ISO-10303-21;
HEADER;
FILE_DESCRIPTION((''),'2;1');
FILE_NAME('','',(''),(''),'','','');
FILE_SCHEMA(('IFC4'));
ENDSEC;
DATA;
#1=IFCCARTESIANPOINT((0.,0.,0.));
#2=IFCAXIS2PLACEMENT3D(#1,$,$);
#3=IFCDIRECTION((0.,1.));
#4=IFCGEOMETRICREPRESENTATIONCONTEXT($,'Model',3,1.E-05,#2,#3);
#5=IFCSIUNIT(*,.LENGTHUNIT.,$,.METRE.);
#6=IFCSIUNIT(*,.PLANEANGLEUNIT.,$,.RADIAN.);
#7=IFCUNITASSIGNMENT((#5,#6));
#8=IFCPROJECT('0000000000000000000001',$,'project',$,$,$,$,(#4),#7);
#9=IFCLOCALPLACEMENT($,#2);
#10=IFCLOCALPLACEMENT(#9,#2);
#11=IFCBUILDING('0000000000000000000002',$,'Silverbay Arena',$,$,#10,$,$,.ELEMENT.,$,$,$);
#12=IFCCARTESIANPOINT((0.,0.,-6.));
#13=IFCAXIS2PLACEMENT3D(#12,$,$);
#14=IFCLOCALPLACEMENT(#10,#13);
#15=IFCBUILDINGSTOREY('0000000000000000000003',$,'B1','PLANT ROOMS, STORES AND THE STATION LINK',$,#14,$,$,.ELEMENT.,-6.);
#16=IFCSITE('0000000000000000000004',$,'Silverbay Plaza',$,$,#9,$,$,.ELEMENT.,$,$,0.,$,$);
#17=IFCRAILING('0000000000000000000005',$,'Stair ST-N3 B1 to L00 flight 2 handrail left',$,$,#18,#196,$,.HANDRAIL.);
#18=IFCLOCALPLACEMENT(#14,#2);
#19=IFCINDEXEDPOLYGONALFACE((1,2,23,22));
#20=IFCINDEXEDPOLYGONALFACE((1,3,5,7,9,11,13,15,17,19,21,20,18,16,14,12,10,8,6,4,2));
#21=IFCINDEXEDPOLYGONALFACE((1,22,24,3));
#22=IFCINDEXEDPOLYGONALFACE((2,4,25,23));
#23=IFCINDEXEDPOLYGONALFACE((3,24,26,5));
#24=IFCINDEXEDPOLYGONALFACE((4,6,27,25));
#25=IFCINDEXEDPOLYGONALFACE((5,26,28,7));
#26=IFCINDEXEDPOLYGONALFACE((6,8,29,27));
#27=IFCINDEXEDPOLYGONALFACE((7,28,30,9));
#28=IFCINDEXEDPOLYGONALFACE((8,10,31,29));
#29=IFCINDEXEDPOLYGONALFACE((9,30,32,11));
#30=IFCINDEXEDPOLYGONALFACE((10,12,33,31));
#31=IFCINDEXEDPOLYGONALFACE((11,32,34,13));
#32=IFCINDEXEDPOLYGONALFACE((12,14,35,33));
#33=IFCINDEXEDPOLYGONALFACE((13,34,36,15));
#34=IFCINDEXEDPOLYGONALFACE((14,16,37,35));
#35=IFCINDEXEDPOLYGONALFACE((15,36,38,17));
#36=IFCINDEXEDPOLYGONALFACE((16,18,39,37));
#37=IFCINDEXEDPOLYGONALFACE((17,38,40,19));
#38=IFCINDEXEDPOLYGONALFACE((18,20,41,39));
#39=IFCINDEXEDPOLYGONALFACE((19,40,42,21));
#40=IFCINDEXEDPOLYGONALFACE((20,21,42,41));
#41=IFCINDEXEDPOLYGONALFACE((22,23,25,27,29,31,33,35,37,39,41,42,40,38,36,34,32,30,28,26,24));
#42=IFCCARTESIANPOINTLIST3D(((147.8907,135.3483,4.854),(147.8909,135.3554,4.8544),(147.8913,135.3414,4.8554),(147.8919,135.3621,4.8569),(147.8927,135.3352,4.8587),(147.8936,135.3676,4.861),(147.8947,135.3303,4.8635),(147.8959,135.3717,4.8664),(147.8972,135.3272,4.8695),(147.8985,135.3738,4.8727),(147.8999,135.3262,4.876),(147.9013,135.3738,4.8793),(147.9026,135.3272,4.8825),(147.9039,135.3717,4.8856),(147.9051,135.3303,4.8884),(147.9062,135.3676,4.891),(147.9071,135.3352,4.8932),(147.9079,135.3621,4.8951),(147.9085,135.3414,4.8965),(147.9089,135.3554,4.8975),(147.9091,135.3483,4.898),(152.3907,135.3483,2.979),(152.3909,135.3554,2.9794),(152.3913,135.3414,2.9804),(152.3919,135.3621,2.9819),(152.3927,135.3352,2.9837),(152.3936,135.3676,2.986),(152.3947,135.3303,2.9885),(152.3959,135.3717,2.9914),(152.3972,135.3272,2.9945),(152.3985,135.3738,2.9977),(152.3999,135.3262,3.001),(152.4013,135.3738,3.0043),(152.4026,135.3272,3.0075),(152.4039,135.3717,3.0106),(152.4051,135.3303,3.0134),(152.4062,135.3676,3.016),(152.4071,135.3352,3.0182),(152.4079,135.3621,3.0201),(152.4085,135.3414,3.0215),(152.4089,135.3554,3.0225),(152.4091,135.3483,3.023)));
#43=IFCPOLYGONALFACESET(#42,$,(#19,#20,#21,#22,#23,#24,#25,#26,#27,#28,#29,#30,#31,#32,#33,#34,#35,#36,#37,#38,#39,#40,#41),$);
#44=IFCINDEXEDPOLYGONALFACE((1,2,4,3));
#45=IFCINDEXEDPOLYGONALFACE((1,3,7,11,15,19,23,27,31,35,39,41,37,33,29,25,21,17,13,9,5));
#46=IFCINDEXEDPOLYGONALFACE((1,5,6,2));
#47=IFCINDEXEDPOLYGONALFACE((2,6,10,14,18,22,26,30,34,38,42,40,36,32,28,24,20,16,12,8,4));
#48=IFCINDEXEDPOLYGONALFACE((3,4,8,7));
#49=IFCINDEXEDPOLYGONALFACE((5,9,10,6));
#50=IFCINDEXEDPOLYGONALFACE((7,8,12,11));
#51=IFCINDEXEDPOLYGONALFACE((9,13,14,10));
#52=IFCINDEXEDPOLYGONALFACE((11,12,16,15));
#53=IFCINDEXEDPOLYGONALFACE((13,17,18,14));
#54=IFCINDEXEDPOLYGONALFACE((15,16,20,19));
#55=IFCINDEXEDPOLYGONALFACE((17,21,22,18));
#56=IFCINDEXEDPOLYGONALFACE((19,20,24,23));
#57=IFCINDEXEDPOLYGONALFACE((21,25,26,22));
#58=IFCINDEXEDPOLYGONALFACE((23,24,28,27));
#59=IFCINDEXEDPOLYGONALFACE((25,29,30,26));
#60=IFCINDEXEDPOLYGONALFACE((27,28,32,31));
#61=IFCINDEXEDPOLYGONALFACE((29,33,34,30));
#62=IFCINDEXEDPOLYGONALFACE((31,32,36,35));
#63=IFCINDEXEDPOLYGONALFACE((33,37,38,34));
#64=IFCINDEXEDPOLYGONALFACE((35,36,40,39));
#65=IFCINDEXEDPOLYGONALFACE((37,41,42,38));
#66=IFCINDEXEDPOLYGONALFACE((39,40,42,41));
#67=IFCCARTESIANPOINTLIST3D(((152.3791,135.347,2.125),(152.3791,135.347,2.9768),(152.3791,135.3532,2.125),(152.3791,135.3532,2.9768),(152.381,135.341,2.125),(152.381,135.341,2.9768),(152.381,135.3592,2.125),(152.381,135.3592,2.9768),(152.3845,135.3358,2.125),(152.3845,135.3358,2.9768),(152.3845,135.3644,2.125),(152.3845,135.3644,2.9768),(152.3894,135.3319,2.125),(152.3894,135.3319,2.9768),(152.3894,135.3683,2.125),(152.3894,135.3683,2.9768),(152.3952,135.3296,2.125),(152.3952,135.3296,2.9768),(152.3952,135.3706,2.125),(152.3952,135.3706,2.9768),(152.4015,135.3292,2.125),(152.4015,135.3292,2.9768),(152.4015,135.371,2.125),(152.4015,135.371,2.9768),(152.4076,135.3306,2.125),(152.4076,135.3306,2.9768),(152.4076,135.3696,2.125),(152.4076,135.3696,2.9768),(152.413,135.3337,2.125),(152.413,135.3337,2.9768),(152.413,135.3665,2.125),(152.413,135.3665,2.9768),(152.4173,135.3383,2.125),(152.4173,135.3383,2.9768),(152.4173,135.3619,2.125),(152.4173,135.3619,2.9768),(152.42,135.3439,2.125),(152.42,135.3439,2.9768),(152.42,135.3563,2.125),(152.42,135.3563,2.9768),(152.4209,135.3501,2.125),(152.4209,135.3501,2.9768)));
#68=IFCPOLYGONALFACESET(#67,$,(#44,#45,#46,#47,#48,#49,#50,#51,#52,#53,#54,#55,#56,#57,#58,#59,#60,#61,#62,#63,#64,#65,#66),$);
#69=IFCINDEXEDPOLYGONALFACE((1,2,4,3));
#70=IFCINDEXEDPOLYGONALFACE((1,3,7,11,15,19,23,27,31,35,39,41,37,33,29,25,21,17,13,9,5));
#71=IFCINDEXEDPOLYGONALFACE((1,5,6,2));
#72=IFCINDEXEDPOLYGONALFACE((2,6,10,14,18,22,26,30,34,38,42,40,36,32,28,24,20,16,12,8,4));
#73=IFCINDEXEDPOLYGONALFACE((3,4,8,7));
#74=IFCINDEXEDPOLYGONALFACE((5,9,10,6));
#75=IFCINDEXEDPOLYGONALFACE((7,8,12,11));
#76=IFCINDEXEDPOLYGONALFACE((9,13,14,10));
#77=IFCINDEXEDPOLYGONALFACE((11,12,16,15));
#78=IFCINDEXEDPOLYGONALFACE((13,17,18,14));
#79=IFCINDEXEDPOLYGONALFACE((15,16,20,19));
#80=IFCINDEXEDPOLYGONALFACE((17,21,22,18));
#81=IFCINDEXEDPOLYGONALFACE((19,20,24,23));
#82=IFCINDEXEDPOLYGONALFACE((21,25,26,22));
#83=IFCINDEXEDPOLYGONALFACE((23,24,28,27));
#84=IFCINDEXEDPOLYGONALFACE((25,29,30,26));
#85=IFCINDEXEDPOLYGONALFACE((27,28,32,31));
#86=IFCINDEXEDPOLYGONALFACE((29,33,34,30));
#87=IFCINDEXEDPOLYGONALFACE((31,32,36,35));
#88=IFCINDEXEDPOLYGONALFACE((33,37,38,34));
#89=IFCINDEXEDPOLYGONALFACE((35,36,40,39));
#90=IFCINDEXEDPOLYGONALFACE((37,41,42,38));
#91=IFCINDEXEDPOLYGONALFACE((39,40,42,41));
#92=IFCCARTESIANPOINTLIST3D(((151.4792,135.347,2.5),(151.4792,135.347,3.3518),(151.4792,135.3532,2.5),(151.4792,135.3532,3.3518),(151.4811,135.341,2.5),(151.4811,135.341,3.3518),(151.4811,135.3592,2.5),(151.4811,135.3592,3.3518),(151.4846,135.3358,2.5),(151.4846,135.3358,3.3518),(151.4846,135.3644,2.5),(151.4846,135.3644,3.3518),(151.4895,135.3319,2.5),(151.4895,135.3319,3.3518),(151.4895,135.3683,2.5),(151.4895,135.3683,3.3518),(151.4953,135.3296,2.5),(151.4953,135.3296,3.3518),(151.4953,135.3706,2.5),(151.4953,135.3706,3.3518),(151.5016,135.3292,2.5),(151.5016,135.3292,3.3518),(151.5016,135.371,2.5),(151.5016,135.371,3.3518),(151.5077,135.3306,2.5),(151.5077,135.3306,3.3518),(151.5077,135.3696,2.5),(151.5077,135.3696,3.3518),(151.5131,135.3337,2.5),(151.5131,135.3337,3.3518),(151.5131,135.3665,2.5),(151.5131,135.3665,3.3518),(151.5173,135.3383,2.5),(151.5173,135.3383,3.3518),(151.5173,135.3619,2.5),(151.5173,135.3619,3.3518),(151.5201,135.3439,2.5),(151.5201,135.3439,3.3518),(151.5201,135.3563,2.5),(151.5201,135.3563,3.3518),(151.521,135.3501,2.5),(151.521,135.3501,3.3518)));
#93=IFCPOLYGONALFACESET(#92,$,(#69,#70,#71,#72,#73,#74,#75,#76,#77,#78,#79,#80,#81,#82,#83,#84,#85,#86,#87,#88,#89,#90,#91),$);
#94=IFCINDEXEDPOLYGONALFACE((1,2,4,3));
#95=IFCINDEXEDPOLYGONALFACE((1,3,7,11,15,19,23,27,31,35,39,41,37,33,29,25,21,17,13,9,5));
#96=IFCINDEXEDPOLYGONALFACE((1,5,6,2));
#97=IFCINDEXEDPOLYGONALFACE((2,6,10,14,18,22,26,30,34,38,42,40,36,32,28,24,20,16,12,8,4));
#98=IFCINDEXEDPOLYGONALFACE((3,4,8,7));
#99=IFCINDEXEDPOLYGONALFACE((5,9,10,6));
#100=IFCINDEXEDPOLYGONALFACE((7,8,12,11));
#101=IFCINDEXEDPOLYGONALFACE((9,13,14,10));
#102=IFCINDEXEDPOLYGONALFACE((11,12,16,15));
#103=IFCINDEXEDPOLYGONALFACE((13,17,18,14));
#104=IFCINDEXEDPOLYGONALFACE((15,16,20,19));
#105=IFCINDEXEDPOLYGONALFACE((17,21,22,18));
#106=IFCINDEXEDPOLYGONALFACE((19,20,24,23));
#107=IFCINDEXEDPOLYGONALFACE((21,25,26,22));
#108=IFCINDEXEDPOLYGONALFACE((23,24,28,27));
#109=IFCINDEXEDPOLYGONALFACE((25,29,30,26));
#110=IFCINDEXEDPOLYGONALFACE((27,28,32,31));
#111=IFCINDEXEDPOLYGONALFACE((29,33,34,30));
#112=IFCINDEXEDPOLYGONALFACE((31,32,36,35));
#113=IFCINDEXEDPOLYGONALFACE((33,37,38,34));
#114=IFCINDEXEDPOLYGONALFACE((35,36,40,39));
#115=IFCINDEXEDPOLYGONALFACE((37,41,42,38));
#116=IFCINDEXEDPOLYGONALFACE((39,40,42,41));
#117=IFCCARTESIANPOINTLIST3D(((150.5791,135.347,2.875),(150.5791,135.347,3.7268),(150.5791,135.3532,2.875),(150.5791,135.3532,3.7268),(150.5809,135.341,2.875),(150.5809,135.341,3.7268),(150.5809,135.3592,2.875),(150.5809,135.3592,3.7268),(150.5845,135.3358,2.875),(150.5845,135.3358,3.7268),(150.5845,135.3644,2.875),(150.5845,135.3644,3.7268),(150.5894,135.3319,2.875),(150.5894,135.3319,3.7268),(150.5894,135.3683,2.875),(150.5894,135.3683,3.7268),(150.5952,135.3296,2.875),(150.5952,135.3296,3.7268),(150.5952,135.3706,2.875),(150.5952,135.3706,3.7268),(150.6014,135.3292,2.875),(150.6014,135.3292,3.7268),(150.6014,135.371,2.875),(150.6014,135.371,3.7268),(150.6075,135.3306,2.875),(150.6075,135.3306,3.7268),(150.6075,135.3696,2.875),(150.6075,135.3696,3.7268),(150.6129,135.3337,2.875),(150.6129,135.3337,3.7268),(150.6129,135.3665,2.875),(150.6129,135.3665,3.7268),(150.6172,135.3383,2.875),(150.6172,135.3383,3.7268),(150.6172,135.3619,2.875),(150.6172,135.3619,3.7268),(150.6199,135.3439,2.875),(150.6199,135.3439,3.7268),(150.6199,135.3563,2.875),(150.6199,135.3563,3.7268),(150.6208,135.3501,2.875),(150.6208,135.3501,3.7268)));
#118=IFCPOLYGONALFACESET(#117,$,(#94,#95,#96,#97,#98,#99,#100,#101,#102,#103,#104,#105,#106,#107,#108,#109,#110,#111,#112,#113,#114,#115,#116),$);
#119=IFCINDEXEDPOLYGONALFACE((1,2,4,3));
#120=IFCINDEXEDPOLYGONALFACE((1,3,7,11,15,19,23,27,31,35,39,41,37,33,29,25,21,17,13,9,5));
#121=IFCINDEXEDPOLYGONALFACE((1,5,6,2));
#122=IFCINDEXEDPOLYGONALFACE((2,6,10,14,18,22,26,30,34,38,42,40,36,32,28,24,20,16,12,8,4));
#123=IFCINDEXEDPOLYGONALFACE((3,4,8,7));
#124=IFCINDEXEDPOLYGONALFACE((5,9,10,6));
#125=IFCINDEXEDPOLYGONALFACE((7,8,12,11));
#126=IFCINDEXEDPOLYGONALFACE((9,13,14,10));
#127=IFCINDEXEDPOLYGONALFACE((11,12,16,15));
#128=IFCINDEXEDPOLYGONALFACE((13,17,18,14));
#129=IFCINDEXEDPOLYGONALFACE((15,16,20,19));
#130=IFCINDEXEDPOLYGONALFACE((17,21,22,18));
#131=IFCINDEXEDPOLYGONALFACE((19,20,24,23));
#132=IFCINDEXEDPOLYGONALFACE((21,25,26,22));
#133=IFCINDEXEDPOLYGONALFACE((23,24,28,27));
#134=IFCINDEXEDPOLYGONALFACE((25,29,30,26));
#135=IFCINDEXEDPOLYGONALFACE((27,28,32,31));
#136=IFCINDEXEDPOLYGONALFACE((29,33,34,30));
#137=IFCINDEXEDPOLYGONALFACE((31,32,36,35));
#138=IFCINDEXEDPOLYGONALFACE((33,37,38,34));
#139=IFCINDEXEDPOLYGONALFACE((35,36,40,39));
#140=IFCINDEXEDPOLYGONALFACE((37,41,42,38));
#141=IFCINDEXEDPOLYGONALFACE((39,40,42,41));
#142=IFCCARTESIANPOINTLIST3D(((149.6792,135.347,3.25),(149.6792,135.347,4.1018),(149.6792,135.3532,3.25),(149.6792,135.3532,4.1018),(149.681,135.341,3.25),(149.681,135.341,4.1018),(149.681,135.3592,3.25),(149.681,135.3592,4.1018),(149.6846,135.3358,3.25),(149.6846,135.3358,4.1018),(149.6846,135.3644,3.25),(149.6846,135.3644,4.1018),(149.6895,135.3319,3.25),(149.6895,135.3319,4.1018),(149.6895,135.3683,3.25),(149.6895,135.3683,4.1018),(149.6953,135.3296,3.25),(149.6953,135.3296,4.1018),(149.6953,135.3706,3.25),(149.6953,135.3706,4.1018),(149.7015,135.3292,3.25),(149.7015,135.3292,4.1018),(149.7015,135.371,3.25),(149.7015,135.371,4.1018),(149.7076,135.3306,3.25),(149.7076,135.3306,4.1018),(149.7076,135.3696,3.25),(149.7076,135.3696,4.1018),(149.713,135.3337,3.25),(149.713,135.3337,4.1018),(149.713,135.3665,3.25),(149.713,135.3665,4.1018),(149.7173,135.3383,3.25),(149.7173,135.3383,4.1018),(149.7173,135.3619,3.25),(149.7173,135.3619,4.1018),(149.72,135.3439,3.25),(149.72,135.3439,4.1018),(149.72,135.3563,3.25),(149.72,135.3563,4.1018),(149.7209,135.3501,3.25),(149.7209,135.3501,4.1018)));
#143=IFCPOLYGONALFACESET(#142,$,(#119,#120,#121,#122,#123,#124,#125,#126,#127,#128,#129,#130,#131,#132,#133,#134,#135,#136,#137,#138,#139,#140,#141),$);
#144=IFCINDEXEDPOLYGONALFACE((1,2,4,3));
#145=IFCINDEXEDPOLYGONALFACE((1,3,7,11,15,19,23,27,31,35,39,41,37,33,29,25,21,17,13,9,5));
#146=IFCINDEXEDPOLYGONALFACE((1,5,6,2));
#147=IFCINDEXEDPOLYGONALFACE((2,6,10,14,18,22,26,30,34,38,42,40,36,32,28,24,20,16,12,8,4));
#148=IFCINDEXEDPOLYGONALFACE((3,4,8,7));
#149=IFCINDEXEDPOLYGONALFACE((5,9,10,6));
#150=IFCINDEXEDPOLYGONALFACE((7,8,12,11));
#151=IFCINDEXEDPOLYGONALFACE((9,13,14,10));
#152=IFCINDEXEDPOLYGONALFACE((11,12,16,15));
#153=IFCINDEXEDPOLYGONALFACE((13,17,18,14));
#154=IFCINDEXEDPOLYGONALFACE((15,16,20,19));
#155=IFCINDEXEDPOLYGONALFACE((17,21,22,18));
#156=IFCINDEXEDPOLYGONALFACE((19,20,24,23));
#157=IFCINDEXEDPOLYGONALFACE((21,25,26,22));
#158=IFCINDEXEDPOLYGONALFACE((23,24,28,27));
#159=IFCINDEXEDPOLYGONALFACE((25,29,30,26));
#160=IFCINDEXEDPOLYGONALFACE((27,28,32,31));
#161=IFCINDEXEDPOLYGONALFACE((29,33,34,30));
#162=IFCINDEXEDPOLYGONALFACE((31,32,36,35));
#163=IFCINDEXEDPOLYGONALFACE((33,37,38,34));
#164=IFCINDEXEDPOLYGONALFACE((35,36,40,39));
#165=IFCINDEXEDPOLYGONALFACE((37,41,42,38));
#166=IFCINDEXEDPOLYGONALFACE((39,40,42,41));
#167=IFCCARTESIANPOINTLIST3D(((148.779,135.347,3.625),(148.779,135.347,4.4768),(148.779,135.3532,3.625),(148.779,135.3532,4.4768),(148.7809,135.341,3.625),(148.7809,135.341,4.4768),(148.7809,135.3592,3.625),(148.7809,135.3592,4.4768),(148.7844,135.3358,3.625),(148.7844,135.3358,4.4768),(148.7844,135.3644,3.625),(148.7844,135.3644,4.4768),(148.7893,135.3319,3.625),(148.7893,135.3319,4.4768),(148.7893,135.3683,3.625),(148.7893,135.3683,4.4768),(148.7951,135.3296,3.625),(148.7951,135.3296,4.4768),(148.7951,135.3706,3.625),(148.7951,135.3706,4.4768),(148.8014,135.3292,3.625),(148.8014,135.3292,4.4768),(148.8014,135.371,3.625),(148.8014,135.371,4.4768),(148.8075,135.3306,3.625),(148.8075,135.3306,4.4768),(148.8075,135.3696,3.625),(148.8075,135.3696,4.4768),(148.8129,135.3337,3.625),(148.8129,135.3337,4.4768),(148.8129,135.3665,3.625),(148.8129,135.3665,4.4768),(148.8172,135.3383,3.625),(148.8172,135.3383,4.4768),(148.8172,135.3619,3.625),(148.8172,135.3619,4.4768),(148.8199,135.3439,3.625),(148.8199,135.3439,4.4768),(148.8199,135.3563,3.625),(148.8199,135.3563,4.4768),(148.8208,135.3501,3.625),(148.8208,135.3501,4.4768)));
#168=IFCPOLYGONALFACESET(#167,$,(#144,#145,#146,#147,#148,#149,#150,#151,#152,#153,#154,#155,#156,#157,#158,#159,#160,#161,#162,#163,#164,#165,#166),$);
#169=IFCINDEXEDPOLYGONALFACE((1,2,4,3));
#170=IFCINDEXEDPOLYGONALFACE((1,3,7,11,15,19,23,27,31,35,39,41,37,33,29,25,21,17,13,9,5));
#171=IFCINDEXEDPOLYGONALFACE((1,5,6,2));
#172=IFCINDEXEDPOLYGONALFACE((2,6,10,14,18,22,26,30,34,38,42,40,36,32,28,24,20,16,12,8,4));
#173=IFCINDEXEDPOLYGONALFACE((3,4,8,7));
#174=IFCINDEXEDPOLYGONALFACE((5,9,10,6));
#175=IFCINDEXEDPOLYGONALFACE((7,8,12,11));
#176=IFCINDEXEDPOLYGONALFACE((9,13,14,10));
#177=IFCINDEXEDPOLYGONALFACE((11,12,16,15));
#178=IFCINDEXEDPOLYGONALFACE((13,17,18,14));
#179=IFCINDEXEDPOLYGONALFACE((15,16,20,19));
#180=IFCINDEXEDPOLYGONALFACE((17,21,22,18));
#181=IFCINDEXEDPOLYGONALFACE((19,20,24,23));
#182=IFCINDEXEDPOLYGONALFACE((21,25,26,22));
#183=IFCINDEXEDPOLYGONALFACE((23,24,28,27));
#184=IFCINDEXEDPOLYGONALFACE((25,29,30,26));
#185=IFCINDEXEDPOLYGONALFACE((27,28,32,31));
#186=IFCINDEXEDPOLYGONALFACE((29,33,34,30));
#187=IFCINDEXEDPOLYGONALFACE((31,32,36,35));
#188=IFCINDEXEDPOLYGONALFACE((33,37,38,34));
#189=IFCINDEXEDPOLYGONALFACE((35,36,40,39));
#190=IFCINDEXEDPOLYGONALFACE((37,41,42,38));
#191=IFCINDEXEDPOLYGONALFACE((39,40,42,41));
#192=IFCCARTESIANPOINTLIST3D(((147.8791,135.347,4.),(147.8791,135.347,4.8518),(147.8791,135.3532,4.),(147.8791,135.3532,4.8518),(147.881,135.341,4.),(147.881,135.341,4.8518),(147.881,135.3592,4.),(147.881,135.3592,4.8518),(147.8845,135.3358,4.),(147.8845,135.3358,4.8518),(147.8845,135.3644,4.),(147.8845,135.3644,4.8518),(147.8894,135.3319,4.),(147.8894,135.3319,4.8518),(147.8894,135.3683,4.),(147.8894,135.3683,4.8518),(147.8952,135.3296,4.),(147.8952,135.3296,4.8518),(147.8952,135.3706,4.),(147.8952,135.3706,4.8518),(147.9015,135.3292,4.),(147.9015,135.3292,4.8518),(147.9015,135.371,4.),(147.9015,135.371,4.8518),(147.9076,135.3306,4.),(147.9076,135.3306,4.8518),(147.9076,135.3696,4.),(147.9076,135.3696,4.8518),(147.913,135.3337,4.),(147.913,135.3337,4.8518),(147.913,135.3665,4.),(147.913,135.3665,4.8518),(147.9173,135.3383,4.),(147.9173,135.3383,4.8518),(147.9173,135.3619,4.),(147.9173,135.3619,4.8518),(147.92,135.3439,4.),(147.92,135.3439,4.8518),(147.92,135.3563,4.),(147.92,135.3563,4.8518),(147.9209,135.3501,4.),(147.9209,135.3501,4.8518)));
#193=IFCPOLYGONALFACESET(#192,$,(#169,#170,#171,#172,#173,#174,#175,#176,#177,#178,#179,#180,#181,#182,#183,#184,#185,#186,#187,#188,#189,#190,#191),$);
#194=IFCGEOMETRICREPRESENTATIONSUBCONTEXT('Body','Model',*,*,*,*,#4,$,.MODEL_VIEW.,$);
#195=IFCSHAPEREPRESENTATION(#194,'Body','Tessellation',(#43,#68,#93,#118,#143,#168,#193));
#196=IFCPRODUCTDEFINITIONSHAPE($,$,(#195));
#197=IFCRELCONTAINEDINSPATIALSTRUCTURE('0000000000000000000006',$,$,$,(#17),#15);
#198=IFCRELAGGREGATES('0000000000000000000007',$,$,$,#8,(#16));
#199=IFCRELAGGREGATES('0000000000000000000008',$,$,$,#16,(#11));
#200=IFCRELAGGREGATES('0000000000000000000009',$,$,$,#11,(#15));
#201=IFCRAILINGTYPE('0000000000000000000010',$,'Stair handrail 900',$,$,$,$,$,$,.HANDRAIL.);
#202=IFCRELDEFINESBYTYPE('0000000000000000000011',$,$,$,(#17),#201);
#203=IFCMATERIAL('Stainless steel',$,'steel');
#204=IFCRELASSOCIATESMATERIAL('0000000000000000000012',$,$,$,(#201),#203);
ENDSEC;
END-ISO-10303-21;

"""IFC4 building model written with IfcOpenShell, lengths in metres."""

from ifc_helpers import new_model, si_unit, direction, frame, origin, origin_2d, place, context, subcontext, project, spatial, circle, extrude, material, type_object, element, save


model = new_model("IFC4")

# Units and contexts
model_context = context("Model", 3, precision=1e-05, world=origin(), true_north=direction((0.0, 1.0)))
body_context = subcontext(model_context, "Body", "Model", "MODEL_VIEW")
ifc_project = project(units=[si_unit("LENGTHUNIT", "METRE"), si_unit("PLANEANGLEUNIT", "RADIAN")], contexts=[model_context])

# Site, building, storey
site_placement = place(None, origin())
site = spatial("IfcSite", under=ifc_project, at=site_placement, Name="Silverbay Plaza", CompositionType="ELEMENT", RefElevation=0.0)
building_placement = place(site_placement, origin())
building = spatial("IfcBuilding", under=site, at=building_placement, Name="Silverbay Arena", CompositionType="ELEMENT")
storey_placement = place(building_placement, frame((0.0, 0.0, -6.0)))
storey = spatial("IfcBuildingStorey", under=building, at=storey_placement, Name="B1", Description="PLANT ROOMS, STORES AND THE STATION LINK", CompositionType="ELEMENT", Elevation=-6.0)

# Railing
ifc_material_1 = material(Name="Stainless steel", Category="steel")
railing_type_1 = type_object("IfcRailingType", Name="Stair handrail 900", PredefinedType="HANDRAIL", material=ifc_material_1)
for number, where, name in (
    (1, (152.3999, 135.3501, 2.125), "Stair ST-N3 B1 to L00 flight 2 handrail left"),
):
    element("IfcRailing", number, at=place(storey_placement, frame(where)), inside=storey, type_object=railing_type_1, Name=name, PredefinedType="HANDRAIL", context=body_context, shape_type="SweptSolid", body=[
        extrude(circle(Radius=0.0239, at=origin_2d()), frame((0.0, 0.0, 0.876), z_axis=(-0.923077, 0.0, 0.384615), x_axis=(0.0, -1.0, 0.0)), (0.0, 0.0, 1.0), 4.875),
        extrude(circle(Radius=0.021, at=origin_2d()), origin(), (0.0, 0.0, 1.0), 0.8518),
        extrude(circle(Radius=0.021, at=origin_2d()), frame((-0.8999, 0.0, 0.375)), (0.0, 0.0, 1.0), 0.8518),
        extrude(circle(Radius=0.021, at=origin_2d()), frame((-1.8, 0.0, 0.75)), (0.0, 0.0, 1.0), 0.8518),
        extrude(circle(Radius=0.021, at=origin_2d()), frame((-2.7, 0.0, 1.125)), (0.0, 0.0, 1.0), 0.8518),
        extrude(circle(Radius=0.021, at=origin_2d()), frame((-3.6001, 0.0, 1.5)), (0.0, 0.0, 1.0), 0.8518),
        extrude(circle(Radius=0.021, at=origin_2d()), frame((-4.5, 0.0, 1.875)), (0.0, 0.0, 1.0), 0.8518),
    ])

save(model, "model.ifc")
